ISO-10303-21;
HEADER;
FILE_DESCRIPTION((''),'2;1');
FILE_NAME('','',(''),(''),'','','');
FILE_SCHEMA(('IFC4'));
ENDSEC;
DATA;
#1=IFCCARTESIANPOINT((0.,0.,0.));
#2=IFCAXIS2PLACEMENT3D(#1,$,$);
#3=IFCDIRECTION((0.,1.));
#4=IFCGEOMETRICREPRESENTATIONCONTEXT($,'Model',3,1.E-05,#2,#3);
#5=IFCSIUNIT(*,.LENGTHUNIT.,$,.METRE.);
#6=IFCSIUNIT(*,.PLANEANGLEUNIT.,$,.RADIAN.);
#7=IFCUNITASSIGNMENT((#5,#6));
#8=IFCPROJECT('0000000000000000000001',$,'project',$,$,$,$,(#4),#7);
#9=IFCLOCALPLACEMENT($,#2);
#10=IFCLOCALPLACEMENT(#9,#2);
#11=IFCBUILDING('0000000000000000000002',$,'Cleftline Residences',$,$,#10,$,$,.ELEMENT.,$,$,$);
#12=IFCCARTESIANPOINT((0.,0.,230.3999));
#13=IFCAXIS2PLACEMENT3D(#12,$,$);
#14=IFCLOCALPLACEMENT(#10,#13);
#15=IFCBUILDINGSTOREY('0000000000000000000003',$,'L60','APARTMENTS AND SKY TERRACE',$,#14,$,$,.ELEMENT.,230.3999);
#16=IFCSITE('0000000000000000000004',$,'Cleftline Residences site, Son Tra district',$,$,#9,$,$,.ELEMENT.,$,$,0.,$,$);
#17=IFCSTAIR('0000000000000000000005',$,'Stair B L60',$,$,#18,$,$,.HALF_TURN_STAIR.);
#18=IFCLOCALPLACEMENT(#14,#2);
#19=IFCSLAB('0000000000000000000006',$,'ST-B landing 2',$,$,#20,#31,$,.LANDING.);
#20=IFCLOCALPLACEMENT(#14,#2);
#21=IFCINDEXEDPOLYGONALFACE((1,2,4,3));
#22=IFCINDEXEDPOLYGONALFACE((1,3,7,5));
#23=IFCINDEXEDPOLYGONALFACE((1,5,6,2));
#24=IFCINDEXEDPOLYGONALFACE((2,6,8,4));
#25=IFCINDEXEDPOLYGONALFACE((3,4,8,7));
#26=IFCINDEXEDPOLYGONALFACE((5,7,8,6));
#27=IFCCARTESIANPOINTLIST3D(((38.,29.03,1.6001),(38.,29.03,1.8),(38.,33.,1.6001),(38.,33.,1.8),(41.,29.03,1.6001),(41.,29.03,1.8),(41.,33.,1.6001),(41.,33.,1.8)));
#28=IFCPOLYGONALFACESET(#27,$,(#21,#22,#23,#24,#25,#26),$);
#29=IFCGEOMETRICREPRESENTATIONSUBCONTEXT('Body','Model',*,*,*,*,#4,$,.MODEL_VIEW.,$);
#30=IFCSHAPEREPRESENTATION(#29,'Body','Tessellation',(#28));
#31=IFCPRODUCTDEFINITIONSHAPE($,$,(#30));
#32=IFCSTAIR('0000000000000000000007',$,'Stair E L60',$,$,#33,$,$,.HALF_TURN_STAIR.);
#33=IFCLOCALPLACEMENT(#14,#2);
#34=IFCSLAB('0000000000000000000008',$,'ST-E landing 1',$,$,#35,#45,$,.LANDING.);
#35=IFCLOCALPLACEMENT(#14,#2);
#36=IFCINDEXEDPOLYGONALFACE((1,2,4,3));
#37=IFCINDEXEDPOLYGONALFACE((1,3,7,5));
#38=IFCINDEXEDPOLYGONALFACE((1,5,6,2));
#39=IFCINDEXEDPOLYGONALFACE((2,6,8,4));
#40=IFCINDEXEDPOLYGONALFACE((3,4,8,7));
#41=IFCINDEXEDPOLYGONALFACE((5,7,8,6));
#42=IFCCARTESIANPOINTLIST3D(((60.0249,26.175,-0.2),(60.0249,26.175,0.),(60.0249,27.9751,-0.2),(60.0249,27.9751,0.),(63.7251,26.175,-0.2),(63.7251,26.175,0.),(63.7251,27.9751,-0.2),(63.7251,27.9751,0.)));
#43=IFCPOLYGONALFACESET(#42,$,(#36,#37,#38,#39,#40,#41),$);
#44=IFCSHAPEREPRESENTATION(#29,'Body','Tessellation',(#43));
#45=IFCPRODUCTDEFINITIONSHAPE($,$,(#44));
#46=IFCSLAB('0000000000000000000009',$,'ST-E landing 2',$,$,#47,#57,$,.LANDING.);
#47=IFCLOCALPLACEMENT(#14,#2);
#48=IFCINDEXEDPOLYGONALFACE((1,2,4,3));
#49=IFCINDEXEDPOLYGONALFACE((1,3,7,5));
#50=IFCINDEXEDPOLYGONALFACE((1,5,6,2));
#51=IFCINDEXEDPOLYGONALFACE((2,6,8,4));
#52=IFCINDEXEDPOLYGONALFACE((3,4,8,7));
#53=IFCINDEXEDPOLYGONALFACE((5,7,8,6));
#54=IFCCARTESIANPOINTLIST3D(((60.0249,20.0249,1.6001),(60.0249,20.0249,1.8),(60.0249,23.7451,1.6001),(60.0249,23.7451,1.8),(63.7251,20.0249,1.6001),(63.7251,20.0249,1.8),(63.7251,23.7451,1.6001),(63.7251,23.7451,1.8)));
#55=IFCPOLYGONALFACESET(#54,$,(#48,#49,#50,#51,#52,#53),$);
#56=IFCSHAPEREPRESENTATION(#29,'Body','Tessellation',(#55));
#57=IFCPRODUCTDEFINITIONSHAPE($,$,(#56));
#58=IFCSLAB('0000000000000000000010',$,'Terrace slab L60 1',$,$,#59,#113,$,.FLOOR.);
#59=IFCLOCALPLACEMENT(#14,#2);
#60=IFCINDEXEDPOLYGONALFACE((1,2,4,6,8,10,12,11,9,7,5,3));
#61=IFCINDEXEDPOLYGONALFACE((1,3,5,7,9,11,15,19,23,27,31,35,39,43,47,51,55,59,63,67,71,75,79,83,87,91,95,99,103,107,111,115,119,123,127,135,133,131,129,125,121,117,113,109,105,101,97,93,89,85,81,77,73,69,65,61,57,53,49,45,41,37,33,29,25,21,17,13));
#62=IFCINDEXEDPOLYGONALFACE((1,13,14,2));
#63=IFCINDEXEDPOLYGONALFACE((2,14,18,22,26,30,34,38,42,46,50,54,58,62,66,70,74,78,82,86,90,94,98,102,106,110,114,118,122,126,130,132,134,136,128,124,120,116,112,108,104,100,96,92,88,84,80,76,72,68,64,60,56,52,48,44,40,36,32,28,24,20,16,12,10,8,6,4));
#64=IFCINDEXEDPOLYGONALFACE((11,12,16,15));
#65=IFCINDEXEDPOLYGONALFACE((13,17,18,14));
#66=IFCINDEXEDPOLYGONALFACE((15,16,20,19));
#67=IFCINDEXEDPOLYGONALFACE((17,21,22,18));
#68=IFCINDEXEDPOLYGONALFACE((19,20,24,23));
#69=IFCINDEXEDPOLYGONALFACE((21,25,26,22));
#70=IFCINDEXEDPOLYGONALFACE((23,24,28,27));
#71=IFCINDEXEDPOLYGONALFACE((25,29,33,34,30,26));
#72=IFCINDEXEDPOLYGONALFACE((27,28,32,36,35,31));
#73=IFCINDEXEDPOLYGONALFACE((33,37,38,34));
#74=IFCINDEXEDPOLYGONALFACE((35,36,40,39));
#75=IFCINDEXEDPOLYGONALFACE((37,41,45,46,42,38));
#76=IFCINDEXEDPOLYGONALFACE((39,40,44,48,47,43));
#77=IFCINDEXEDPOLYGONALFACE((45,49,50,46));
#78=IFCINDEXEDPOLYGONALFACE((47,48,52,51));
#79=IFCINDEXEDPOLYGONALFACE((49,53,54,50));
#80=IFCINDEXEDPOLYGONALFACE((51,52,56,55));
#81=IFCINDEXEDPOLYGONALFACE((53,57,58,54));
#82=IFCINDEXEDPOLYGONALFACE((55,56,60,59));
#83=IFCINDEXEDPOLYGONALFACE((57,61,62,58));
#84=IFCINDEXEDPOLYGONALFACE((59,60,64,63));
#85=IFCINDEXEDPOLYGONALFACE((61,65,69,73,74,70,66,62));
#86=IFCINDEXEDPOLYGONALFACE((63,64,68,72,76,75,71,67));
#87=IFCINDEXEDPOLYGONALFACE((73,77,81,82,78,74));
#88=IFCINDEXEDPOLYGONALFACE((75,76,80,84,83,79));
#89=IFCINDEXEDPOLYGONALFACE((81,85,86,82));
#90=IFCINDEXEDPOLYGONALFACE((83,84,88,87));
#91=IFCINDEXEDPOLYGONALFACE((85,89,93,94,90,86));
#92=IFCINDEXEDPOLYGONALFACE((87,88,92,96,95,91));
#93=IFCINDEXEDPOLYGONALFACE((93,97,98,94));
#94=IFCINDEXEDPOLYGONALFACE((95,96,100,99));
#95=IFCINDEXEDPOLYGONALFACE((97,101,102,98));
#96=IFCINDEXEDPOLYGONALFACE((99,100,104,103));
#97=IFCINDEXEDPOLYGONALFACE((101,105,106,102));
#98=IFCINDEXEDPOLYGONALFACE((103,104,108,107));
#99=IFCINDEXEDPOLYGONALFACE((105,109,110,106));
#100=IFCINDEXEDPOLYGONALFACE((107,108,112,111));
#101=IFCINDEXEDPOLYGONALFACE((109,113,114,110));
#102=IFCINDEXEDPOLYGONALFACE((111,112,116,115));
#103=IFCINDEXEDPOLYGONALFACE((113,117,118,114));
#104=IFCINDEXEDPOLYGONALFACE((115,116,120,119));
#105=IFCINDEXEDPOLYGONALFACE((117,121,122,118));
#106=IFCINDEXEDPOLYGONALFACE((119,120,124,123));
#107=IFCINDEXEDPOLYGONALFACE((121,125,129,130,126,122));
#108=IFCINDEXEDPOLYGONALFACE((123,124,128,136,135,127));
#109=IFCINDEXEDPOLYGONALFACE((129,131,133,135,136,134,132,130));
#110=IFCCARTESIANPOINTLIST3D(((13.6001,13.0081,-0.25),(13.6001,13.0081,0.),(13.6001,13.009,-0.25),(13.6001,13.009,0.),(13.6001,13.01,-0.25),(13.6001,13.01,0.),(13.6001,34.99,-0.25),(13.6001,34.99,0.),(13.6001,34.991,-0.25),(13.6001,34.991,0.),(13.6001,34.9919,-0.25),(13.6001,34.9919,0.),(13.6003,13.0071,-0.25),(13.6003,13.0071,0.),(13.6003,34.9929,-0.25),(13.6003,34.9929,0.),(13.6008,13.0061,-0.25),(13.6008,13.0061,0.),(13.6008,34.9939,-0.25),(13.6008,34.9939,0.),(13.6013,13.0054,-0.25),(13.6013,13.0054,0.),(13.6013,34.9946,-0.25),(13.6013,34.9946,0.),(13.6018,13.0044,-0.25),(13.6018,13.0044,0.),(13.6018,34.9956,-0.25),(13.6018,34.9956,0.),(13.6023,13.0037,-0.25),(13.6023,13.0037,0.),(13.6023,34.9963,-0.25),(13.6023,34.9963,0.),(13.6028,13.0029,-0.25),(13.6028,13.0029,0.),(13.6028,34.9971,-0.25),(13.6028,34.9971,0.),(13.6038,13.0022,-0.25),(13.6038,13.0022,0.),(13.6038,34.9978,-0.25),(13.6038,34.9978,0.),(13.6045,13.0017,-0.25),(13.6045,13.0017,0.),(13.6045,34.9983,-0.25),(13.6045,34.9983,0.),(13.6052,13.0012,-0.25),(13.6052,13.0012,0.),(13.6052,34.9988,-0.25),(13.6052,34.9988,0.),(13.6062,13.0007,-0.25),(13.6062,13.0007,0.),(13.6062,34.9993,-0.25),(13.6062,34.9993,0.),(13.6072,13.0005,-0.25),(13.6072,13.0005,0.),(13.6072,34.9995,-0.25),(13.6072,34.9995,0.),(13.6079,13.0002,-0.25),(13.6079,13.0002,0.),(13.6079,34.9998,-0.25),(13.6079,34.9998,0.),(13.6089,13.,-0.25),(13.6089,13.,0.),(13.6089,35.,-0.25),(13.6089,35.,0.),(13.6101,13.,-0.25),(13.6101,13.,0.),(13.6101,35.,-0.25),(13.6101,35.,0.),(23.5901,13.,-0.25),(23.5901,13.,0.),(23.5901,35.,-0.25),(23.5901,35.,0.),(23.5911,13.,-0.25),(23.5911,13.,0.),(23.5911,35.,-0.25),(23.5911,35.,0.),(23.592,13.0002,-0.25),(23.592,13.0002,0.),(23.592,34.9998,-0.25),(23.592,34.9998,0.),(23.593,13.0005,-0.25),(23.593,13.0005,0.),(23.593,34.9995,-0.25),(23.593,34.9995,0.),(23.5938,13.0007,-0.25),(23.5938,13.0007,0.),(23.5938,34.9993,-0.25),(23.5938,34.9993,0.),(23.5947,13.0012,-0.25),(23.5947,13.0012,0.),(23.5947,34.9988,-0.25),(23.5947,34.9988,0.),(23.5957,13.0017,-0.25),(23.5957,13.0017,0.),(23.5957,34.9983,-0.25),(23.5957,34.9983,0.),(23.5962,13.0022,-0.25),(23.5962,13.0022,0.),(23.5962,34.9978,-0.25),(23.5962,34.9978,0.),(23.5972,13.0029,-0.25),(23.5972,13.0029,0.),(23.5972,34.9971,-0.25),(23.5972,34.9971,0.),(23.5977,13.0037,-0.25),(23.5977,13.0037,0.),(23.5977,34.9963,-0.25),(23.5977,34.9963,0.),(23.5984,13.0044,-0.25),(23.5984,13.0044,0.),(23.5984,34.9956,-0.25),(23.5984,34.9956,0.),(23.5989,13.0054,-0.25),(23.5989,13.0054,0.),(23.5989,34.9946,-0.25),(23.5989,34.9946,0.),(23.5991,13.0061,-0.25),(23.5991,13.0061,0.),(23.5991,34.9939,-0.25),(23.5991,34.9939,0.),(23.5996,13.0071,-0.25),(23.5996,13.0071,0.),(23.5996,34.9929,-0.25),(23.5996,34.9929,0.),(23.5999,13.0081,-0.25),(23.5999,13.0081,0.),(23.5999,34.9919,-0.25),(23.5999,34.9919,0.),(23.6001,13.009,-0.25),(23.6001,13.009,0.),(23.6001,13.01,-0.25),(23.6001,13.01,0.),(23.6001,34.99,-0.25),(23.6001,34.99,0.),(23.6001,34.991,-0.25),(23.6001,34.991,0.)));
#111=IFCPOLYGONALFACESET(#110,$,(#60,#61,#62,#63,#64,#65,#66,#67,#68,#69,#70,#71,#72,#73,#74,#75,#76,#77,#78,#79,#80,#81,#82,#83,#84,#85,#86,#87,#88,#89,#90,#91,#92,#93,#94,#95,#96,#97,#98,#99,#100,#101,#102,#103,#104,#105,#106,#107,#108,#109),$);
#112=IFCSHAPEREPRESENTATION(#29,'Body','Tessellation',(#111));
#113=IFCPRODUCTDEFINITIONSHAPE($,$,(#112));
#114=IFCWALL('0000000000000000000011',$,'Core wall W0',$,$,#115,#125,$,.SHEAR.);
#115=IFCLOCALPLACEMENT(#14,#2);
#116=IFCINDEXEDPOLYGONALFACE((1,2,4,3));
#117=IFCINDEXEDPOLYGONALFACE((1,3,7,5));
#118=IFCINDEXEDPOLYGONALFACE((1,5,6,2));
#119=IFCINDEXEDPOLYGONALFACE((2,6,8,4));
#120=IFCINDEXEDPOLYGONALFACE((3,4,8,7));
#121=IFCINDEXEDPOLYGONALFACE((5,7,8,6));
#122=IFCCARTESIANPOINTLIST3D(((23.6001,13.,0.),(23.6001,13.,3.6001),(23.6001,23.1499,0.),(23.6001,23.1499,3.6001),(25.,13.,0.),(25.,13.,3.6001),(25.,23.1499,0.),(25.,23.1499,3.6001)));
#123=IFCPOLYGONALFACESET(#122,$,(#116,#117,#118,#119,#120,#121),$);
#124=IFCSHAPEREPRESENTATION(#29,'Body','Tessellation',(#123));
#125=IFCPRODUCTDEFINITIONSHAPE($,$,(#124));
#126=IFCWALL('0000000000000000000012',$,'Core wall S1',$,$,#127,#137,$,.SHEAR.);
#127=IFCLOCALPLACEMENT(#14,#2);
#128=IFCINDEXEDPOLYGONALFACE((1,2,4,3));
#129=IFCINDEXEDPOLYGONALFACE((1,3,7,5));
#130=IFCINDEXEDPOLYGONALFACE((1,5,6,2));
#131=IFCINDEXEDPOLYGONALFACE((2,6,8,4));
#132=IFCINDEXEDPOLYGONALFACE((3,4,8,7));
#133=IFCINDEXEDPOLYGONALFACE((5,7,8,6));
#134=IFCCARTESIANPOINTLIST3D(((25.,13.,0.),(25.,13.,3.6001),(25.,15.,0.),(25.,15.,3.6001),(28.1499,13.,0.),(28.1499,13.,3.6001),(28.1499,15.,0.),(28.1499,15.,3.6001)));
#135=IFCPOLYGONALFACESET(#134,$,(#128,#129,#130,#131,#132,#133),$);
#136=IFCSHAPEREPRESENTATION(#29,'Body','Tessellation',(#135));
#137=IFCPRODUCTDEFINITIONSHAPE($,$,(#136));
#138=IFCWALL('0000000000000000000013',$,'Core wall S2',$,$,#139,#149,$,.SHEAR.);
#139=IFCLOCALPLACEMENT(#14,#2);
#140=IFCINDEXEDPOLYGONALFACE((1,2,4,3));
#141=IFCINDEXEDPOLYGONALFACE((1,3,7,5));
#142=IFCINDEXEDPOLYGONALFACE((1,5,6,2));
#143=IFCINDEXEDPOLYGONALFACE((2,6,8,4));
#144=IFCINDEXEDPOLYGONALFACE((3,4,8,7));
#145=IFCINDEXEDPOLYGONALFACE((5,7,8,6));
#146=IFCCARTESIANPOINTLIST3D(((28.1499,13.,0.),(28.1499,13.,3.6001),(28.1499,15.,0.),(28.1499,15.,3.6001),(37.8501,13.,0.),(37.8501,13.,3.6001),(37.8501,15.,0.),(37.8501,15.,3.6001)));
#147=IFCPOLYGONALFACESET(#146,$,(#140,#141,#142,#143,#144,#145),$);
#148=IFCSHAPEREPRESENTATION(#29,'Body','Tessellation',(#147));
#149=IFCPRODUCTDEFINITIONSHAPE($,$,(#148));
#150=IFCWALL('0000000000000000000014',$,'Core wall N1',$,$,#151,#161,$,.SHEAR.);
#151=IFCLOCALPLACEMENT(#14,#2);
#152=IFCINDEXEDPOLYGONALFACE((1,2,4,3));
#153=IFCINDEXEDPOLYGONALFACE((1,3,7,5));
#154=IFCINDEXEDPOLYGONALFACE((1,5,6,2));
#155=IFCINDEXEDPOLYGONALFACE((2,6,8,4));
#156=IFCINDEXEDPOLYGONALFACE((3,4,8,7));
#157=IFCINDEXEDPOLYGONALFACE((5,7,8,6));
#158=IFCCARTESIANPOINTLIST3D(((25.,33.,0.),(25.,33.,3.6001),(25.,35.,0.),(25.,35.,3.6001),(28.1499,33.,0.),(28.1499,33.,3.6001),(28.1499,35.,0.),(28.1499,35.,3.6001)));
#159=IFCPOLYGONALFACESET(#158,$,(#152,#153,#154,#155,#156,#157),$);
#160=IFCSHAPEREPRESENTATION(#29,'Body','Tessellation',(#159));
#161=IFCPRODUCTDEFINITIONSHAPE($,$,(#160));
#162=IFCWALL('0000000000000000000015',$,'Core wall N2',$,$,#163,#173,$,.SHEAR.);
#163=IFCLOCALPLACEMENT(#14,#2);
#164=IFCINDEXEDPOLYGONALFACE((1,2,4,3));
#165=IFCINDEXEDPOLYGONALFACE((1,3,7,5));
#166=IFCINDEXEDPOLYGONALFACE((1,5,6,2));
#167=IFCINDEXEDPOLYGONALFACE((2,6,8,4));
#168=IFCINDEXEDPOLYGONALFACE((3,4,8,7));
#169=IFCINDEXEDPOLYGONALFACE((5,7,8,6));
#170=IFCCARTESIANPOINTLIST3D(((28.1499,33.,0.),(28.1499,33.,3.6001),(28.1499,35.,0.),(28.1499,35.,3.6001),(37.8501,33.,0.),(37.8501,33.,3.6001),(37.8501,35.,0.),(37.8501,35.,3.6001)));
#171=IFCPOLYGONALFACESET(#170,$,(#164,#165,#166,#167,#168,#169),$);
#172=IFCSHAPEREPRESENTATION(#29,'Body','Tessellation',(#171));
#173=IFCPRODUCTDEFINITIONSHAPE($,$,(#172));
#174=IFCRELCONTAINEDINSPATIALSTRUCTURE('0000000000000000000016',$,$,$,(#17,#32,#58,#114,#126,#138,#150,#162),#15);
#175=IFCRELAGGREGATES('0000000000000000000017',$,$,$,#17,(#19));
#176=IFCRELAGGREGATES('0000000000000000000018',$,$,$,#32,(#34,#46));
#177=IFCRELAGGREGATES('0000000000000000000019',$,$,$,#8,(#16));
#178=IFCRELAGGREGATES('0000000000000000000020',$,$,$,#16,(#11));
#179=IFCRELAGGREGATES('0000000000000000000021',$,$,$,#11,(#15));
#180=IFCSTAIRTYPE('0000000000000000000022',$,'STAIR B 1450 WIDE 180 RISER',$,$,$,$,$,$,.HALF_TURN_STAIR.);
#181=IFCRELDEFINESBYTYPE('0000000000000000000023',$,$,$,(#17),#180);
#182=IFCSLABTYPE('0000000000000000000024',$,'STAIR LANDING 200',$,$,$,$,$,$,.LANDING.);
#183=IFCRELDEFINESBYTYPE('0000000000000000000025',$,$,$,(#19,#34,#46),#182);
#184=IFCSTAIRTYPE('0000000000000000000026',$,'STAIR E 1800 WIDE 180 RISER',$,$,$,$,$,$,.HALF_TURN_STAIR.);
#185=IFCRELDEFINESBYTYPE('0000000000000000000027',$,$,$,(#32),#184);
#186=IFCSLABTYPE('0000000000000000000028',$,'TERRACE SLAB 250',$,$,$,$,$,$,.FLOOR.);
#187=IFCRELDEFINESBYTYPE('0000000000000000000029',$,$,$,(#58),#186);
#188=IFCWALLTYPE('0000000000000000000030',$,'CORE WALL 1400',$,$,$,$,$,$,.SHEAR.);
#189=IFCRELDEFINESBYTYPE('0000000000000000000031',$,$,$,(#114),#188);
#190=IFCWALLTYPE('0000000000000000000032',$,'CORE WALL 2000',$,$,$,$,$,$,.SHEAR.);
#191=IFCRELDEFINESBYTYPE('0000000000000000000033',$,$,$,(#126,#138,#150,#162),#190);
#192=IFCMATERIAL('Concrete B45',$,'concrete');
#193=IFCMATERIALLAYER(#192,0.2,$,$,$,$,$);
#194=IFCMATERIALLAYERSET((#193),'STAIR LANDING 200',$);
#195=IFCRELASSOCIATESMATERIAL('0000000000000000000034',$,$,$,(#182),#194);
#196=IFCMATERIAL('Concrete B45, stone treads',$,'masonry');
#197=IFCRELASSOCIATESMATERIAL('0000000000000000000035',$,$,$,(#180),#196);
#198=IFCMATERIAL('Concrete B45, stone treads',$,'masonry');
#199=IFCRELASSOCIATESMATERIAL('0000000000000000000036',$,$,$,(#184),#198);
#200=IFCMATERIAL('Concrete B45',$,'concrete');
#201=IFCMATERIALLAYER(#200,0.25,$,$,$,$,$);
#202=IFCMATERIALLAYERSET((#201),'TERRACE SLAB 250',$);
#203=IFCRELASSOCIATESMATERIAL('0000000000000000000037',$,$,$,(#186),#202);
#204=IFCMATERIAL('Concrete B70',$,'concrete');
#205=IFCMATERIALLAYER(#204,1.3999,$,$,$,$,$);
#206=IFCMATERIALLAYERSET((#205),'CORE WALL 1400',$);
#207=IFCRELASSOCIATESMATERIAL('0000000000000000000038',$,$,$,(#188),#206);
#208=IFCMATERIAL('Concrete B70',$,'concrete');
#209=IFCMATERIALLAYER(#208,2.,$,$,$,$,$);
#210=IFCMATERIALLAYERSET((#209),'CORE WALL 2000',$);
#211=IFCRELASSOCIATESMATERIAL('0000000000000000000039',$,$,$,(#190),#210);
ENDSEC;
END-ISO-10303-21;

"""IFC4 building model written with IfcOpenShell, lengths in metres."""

from ifc_helpers import new_model, si_unit, direction, frame, frame_2d, origin, place, context, subcontext, project, spatial, polyline, rectangle, outline, extrude, material, layer, layer_set, type_object, element, aggregate, save


model = new_model("IFC4")

# Units and contexts
model_context = context("Model", 3, precision=1e-05, world=origin(), true_north=direction((0.0, 1.0)))
body_context = subcontext(model_context, "Body", "Model", "MODEL_VIEW")
ifc_project = project(units=[si_unit("LENGTHUNIT", "METRE"), si_unit("PLANEANGLEUNIT", "RADIAN")], contexts=[model_context])

# Site, building, storey
site_placement = place(None, origin())
site = spatial("IfcSite", under=ifc_project, at=site_placement, Name="Cleftline Residences site, Son Tra district", CompositionType="ELEMENT", RefElevation=0.0)
building_placement = place(site_placement, origin())
building = spatial("IfcBuilding", under=site, at=building_placement, Name="Cleftline Residences", CompositionType="ELEMENT")
storey_placement = place(building_placement, frame((0.0, 0.0, 230.3999)))
storey = spatial("IfcBuildingStorey", under=building, at=storey_placement, Name="L60", Description="APARTMENTS AND SKY TERRACE", CompositionType="ELEMENT", Elevation=230.3999)

# Stairs, slabs
ifc_material_1 = material(Name="Concrete B45", Category="concrete")
ifc_layer_1 = layer(ifc_material_1, 0.2)
ifc_layer_set_1 = layer_set([ifc_layer_1], Name="STAIR LANDING 200")
slab_type_1 = type_object("IfcSlabType", Name="STAIR LANDING 200", PredefinedType="LANDING", material=ifc_layer_set_1)
ifc_material_2 = material(Name="Concrete B45, stone treads", Category="masonry")
stair_type_1 = type_object("IfcStairType", Name="STAIR B 1450 WIDE 180 RISER", PredefinedType="HALF_TURN_STAIR", material=ifc_material_2)
stair_1_placement = place(storey_placement, origin())
stair_1 = element("IfcStair", 1, at=stair_1_placement, inside=storey, type_object=stair_type_1, Name="Stair B L60", PredefinedType="HALF_TURN_STAIR")
slab_1_placement = place(storey_placement, frame((0.0, 0.0, 1.6001)))
slab_1 = element("IfcSlab", 2, at=slab_1_placement, type_object=slab_type_1, Name="ST-B landing 2", PredefinedType="LANDING", context=body_context, shape_type="SweptSolid", body=[
    extrude(outline(polyline([(38.0, 29.03), (41.0, 29.03), (41.0, 33.0), (38.0, 33.0), (38.0, 29.03)])), origin(), (0.0, 0.0, 1.0), 0.2),
])
aggregate(stair_1, [slab_1])
ifc_material_3 = material(Name="Concrete B45, stone treads", Category="masonry")
stair_type_2 = type_object("IfcStairType", Name="STAIR E 1800 WIDE 180 RISER", PredefinedType="HALF_TURN_STAIR", material=ifc_material_3)
stair_2_placement = place(storey_placement, origin())
stair_2 = element("IfcStair", 3, at=stair_2_placement, inside=storey, type_object=stair_type_2, Name="Stair E L60", PredefinedType="HALF_TURN_STAIR")
slab_2_placement = place(storey_placement, frame((0.0, 0.0, -0.2)))
slab_2 = element("IfcSlab", 4, at=slab_2_placement, type_object=slab_type_1, Name="ST-E landing 1", PredefinedType="LANDING", context=body_context, shape_type="SweptSolid", body=[
    extrude(outline(polyline([(60.0249, 26.175), (63.7251, 26.175), (63.7251, 27.9751), (60.0249, 27.9751), (60.0249, 26.175)])), origin(), (0.0, 0.0, 1.0), 0.2),
])
slab_3_placement = place(storey_placement, frame((0.0, 0.0, 1.6001)))
slab_3 = element("IfcSlab", 5, at=slab_3_placement, type_object=slab_type_1, Name="ST-E landing 2", PredefinedType="LANDING", context=body_context, shape_type="SweptSolid", body=[
    extrude(outline(polyline([(60.0249, 20.0249), (63.7251, 20.0249), (63.7251, 23.7451), (60.0249, 23.7451), (60.0249, 20.0249)])), origin(), (0.0, 0.0, 1.0), 0.2),
])
aggregate(stair_2, [slab_2, slab_3])

# Slab
ifc_material_4 = material(Name="Concrete B45", Category="concrete")
ifc_layer_2 = layer(ifc_material_4, 0.25)
ifc_layer_set_2 = layer_set([ifc_layer_2], Name="TERRACE SLAB 250")
slab_type_2 = type_object("IfcSlabType", Name="TERRACE SLAB 250", PredefinedType="FLOOR", material=ifc_layer_set_2)
slab_4_placement = place(storey_placement, frame((0.0, 0.0, -0.25)))
element("IfcSlab", 6, at=slab_4_placement, inside=storey, type_object=slab_type_2, Name="Terrace slab L60 1", PredefinedType="FLOOR", context=body_context, shape_type="SweptSolid", body=[
    extrude(outline(polyline([(13.6001, 13.01), (13.6001, 13.009), (13.6001, 13.0081), (13.6003, 13.0071), (13.6008, 13.0061), (13.6013, 13.0054), (13.6018, 13.0044), (13.6023, 13.0037), (13.6028, 13.0029), (13.6038, 13.0022), (13.6045, 13.0017), (13.6052, 13.0012), (13.6062, 13.0007), (13.6072, 13.0005), (13.6079, 13.0002), (13.6089, 13.0), (13.6101, 13.0), (23.5901, 13.0), (23.5911, 13.0), (23.592, 13.0002), (23.593, 13.0005), (23.5938, 13.0007), (23.5947, 13.0012), (23.5957, 13.0017), (23.5962, 13.0022), (23.5972, 13.0029), (23.5977, 13.0037), (23.5984, 13.0044), (23.5989, 13.0054), (23.5991, 13.0061), (23.5996, 13.0071), (23.5999, 13.0081), (23.6001, 13.009), (23.6001, 13.01), (23.6001, 34.99), (23.6001, 34.991), (23.5999, 34.9919), (23.5996, 34.9929), (23.5991, 34.9939), (23.5989, 34.9946), (23.5984, 34.9956), (23.5977, 34.9963), (23.5972, 34.9971), (23.5962, 34.9978), (23.5957, 34.9983), (23.5947, 34.9988), (23.5938, 34.9993), (23.593, 34.9995), (23.592, 34.9998), (23.5911, 35.0), (23.5901, 35.0), (13.6101, 35.0), (13.6089, 35.0), (13.6079, 34.9998), (13.6072, 34.9995), (13.6062, 34.9993), (13.6052, 34.9988), (13.6045, 34.9983), (13.6038, 34.9978), (13.6028, 34.9971), (13.6023, 34.9963), (13.6018, 34.9956), (13.6013, 34.9946), (13.6008, 34.9939), (13.6003, 34.9929), (13.6001, 34.9919), (13.6001, 34.991), (13.6001, 34.99), (13.6001, 13.01)])), origin(), (0.0, 0.0, 1.0), 0.25),
])

# Wall
ifc_material_5 = material(Name="Concrete B70", Category="concrete")
ifc_layer_3 = layer(ifc_material_5, 1.3999)
ifc_layer_set_3 = layer_set([ifc_layer_3], Name="CORE WALL 1400")
wall_type_1 = type_object("IfcWallType", Name="CORE WALL 1400", PredefinedType="SHEAR", material=ifc_layer_set_3)
wall_1_placement = place(storey_placement, frame((24.3, 13.0, 0.0), z_axis=(0.0, 0.0, 1.0), x_axis=(0.0, 1.0, 0.0)))
element("IfcWall", 7, at=wall_1_placement, inside=storey, type_object=wall_type_1, Name="Core wall W0", PredefinedType="SHEAR", context=body_context, shape_type="SweptSolid", body=[
    extrude(rectangle(XDim=10.1499, YDim=1.3999, at=frame_2d((5.075, 0.0))), origin(), (0.0, 0.0, 1.0), 3.6001),
])

# Walls
ifc_material_6 = material(Name="Concrete B70", Category="concrete")
ifc_layer_4 = layer(ifc_material_6, 2.0)
ifc_layer_set_4 = layer_set([ifc_layer_4], Name="CORE WALL 2000")
wall_type_2 = type_object("IfcWallType", Name="CORE WALL 2000", PredefinedType="SHEAR", material=ifc_layer_set_4)
wall_2_placement = place(storey_placement, frame((25.0, 14.0, 0.0), z_axis=(0.0, 0.0, 1.0), x_axis=(1.0, 0.0, 0.0)))
element("IfcWall", 8, at=wall_2_placement, inside=storey, type_object=wall_type_2, Name="Core wall S1", PredefinedType="SHEAR", context=body_context, shape_type="SweptSolid", body=[
    extrude(rectangle(XDim=3.1499, YDim=2.0, at=frame_2d((1.575, 0.0))), origin(), (0.0, 0.0, 1.0), 3.6001),
])
wall_3_placement = place(storey_placement, frame((28.1499, 14.0, 0.0), z_axis=(0.0, 0.0, 1.0), x_axis=(1.0, 0.0, 0.0)))
element("IfcWall", 9, at=wall_3_placement, inside=storey, type_object=wall_type_2, Name="Core wall S2", PredefinedType="SHEAR", context=body_context, shape_type="SweptSolid", body=[
    extrude(rectangle(XDim=9.7002, YDim=2.0, at=frame_2d((4.8501, 0.0))), origin(), (0.0, 0.0, 1.0), 3.6001),
])
wall_4_placement = place(storey_placement, frame((25.0, 34.0, 0.0), z_axis=(0.0, 0.0, 1.0), x_axis=(1.0, 0.0, 0.0)))
element("IfcWall", 10, at=wall_4_placement, inside=storey, type_object=wall_type_2, Name="Core wall N1", PredefinedType="SHEAR", context=body_context, shape_type="SweptSolid", body=[
    extrude(rectangle(XDim=3.1499, YDim=2.0, at=frame_2d((1.575, 0.0))), origin(), (0.0, 0.0, 1.0), 3.6001),
])
wall_5_placement = place(storey_placement, frame((28.1499, 34.0, 0.0), z_axis=(0.0, 0.0, 1.0), x_axis=(1.0, 0.0, 0.0)))
element("IfcWall", 11, at=wall_5_placement, inside=storey, type_object=wall_type_2, Name="Core wall N2", PredefinedType="SHEAR", context=body_context, shape_type="SweptSolid", body=[
    extrude(rectangle(XDim=9.7002, YDim=2.0, at=frame_2d((4.8501, 0.0))), origin(), (0.0, 0.0, 1.0), 3.6001),
])

save(model, "model.ifc")
